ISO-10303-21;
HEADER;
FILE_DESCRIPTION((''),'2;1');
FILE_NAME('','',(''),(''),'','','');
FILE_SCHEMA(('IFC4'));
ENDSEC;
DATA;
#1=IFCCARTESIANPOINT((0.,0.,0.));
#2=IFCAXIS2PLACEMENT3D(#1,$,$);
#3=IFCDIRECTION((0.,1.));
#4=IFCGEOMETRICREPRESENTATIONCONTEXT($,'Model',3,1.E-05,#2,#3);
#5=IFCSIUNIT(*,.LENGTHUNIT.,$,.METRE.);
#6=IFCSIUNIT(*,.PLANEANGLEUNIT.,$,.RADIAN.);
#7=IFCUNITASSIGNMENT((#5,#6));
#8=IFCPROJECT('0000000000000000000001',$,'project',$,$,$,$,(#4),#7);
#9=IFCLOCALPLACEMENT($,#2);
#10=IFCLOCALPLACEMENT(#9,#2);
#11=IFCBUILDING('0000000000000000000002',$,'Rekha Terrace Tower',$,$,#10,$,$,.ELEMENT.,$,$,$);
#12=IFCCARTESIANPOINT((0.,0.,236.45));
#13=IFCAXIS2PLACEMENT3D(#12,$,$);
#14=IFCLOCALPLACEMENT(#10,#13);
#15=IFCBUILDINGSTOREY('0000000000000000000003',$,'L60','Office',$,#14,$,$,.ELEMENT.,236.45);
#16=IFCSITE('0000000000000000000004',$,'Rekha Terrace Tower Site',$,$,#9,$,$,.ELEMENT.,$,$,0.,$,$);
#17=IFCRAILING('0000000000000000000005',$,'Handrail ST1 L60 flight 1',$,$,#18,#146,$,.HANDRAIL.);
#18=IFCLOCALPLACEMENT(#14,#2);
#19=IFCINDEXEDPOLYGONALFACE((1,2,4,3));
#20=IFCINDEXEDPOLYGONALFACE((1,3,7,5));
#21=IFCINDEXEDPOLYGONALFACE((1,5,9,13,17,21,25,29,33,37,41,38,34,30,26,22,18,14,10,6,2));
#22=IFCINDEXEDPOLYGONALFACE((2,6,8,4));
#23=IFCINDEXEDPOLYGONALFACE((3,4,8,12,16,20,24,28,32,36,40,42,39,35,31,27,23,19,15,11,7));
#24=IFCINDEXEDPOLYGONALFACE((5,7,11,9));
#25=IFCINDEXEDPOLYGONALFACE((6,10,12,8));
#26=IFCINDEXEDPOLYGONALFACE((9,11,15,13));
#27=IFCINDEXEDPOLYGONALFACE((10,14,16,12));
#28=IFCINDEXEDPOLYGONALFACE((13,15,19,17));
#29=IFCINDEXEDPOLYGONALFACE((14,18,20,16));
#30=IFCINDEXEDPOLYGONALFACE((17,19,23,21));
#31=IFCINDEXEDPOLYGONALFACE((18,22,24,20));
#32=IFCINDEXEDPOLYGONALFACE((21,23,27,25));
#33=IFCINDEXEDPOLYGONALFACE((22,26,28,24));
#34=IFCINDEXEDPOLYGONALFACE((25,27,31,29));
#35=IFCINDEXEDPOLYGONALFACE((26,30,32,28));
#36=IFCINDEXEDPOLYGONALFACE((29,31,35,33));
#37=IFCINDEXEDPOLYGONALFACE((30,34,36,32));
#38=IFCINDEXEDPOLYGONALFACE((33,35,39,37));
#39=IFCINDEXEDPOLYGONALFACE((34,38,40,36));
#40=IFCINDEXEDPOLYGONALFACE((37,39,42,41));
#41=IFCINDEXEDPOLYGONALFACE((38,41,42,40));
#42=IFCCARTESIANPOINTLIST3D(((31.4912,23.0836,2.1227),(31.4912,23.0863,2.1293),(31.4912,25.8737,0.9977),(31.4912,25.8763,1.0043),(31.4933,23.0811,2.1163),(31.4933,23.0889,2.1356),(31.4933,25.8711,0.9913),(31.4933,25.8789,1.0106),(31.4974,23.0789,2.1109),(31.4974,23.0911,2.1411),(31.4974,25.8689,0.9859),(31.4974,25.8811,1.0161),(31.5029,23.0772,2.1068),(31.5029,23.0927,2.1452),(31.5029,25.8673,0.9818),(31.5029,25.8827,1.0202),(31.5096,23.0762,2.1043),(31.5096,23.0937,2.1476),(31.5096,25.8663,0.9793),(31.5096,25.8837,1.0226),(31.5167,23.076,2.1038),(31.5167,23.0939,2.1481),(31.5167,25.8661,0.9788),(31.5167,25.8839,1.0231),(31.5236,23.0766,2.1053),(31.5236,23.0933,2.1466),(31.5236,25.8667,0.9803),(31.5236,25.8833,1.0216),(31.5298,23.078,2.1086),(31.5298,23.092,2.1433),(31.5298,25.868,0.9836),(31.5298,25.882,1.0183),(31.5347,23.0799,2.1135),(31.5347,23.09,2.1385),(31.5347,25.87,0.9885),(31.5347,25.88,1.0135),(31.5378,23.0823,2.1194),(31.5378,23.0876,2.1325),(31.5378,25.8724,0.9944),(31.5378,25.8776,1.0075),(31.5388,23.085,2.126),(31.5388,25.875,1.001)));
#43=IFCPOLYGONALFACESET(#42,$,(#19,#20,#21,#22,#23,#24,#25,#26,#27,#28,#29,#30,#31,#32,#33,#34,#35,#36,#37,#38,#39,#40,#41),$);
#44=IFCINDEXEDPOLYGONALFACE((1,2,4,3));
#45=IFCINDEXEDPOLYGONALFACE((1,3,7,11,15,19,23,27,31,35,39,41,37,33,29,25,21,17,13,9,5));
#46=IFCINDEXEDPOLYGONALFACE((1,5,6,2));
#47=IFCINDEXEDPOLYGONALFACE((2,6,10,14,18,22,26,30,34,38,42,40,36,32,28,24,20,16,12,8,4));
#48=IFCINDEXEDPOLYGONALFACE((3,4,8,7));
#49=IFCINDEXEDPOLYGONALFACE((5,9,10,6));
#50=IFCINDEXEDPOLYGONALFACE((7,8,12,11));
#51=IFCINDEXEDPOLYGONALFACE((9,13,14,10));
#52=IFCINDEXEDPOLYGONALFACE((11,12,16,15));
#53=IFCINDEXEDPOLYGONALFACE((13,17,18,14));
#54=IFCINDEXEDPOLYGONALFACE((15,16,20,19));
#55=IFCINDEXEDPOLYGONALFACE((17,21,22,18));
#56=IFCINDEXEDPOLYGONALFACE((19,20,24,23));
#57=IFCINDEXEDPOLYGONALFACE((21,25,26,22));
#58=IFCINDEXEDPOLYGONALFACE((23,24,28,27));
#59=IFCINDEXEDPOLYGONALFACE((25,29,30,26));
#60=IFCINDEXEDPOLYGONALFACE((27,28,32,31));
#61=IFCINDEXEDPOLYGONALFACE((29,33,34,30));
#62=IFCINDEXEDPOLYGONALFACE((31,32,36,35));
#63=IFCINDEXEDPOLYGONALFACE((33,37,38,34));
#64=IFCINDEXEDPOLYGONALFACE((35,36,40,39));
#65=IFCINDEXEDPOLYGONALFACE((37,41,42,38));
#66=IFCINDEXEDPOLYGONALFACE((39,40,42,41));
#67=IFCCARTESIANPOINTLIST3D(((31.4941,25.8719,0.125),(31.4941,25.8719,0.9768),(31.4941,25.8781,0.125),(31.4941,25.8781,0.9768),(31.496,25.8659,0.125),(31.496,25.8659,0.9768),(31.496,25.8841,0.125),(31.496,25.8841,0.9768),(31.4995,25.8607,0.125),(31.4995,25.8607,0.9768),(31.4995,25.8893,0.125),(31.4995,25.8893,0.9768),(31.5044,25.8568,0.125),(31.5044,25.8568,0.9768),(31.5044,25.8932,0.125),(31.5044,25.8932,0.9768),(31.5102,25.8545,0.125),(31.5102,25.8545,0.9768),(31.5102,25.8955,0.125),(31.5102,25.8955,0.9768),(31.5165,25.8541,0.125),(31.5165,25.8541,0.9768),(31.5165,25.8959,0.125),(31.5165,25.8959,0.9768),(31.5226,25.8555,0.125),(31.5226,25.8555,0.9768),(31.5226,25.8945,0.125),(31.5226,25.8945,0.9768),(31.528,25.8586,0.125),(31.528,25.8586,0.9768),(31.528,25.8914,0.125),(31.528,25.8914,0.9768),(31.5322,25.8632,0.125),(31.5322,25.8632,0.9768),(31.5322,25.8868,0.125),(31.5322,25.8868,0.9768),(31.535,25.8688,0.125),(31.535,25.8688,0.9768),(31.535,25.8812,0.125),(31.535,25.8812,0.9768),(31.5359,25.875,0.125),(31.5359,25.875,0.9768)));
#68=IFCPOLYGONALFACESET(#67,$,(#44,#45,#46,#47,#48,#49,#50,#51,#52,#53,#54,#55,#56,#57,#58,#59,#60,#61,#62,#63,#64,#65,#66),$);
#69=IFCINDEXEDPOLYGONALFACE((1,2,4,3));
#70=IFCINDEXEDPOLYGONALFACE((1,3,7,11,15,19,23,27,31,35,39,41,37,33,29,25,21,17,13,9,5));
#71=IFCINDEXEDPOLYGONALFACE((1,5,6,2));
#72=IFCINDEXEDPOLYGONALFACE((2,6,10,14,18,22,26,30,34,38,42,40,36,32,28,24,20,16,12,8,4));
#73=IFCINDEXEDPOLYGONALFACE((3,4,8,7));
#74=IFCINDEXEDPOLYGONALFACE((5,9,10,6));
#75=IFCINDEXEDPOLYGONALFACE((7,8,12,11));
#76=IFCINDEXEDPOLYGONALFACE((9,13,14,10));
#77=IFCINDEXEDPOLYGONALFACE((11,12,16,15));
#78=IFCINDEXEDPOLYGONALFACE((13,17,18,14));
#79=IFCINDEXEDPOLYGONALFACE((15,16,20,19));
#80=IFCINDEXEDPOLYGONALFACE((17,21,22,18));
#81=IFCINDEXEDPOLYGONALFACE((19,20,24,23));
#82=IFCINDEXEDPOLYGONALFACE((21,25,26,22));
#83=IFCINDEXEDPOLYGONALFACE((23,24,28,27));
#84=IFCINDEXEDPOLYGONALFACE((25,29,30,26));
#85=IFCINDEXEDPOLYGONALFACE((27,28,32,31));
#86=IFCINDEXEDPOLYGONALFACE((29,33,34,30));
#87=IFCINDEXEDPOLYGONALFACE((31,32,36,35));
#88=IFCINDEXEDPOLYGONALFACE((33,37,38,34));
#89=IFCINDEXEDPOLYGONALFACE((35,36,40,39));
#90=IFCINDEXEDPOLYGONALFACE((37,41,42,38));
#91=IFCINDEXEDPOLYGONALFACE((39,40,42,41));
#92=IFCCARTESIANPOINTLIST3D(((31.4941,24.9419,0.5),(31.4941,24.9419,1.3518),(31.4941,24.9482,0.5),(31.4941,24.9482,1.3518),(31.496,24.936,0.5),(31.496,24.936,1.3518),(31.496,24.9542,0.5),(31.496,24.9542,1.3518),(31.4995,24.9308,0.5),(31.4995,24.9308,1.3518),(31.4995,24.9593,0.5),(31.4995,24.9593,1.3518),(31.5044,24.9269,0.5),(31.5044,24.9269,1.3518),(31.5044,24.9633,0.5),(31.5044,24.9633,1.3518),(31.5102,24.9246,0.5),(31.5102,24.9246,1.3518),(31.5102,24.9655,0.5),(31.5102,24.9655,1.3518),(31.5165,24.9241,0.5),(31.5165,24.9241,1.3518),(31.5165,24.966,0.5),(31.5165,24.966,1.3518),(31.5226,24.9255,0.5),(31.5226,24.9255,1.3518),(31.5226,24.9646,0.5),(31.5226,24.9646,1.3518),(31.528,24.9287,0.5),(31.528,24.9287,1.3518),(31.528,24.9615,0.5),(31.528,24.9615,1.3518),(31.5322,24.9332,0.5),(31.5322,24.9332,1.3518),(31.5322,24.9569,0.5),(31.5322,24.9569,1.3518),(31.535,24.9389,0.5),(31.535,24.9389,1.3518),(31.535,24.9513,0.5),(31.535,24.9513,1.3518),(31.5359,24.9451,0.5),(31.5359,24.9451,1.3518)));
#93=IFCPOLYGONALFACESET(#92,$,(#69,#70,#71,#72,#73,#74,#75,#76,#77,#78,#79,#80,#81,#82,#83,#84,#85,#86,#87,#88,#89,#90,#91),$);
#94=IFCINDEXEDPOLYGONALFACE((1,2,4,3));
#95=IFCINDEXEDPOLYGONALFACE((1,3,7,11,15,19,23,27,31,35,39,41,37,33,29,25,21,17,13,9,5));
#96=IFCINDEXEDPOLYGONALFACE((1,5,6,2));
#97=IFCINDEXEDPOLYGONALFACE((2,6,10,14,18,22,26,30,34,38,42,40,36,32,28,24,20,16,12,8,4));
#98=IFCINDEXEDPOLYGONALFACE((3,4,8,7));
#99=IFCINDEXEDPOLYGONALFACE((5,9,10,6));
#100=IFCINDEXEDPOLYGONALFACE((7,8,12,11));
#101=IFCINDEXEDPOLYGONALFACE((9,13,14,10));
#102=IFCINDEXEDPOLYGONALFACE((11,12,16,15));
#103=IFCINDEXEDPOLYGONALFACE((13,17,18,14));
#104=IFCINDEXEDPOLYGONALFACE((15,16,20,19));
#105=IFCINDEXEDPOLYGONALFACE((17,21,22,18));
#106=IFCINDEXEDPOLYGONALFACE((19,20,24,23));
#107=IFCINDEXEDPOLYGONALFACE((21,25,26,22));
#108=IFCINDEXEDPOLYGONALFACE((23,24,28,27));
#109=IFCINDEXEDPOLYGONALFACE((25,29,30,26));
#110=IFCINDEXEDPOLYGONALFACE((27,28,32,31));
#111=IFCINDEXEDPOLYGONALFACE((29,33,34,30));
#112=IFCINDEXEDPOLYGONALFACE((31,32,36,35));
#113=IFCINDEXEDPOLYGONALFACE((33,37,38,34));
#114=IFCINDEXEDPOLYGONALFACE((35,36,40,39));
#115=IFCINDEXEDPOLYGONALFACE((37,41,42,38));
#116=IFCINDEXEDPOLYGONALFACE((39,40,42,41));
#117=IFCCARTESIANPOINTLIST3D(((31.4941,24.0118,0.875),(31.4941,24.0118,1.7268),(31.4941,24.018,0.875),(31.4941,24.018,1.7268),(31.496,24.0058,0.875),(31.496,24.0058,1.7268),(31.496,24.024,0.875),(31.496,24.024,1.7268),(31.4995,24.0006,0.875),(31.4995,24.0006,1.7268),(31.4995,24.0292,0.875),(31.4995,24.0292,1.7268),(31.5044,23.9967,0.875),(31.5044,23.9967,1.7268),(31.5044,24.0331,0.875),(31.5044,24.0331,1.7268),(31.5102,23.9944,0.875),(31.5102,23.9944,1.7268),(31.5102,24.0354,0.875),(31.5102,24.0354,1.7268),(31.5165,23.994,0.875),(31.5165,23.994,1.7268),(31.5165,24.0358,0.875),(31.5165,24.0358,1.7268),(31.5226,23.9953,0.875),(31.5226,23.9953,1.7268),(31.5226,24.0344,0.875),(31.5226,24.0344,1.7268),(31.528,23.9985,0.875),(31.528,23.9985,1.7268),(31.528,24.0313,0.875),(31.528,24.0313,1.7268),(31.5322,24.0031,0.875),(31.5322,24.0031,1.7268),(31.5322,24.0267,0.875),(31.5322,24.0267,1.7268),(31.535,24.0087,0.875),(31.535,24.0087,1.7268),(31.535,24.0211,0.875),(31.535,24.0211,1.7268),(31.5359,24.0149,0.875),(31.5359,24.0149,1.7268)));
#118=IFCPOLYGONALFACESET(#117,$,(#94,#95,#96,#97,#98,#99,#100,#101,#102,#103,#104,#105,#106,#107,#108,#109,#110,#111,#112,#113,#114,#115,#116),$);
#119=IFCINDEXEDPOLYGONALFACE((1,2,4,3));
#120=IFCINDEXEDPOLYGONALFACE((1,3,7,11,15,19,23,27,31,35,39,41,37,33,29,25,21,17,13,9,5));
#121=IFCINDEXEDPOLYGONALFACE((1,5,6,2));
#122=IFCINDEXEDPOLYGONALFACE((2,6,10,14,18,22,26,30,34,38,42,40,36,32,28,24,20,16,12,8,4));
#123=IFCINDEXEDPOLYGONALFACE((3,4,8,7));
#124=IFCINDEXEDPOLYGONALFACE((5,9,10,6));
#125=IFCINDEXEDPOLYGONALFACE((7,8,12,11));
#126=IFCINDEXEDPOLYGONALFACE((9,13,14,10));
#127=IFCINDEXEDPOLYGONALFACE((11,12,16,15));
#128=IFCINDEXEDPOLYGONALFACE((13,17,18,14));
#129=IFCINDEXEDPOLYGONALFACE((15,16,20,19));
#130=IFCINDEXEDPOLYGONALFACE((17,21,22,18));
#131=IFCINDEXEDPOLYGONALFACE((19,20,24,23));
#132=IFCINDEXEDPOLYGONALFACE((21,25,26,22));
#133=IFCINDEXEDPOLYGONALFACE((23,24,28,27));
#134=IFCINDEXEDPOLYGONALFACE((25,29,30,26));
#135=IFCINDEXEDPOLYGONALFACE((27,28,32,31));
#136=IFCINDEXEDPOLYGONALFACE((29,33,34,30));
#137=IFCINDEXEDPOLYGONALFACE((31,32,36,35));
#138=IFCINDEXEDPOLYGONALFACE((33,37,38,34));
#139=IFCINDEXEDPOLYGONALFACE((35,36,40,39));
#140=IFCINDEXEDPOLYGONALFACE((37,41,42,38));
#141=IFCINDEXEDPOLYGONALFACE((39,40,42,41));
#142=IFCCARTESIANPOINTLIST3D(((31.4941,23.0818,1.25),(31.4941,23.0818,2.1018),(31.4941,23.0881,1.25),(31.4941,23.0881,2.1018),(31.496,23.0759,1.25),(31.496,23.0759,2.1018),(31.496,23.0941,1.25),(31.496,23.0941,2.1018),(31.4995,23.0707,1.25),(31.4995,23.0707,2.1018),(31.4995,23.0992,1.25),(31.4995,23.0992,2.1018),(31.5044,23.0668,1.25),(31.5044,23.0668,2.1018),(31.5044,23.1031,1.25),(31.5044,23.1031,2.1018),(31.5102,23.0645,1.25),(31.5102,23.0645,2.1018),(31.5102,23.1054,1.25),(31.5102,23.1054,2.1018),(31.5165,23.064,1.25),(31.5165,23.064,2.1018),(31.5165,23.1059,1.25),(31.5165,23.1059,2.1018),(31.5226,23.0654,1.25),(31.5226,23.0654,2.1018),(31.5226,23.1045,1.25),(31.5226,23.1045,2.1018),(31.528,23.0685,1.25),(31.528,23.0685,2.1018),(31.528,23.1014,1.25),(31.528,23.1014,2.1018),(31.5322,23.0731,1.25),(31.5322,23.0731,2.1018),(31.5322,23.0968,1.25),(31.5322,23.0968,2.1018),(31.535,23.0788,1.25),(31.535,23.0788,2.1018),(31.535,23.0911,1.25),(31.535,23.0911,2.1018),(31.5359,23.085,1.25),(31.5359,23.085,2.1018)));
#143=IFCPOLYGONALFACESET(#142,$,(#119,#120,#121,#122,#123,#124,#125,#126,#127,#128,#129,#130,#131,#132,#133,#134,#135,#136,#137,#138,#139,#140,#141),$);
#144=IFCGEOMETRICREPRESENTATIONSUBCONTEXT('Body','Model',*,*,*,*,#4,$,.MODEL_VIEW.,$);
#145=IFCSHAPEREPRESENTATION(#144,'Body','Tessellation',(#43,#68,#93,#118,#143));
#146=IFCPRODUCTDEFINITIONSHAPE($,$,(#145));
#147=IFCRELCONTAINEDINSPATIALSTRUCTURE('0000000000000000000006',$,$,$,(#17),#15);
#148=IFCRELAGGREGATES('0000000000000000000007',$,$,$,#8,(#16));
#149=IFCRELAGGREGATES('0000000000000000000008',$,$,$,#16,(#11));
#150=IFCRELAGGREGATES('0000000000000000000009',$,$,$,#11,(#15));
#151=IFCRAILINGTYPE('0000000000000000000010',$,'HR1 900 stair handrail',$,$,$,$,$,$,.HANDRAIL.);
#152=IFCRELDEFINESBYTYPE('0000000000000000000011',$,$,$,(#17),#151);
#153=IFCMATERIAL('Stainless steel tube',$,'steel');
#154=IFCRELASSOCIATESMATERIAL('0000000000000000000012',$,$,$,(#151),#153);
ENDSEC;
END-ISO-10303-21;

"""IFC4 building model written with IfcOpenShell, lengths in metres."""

from ifc_helpers import new_model, si_unit, direction, frame, origin, origin_2d, place, context, subcontext, project, spatial, circle, extrude, material, type_object, element, save


model = new_model("IFC4")

# Units and contexts
model_context = context("Model", 3, precision=1e-05, world=origin(), true_north=direction((0.0, 1.0)))
body_context = subcontext(model_context, "Body", "Model", "MODEL_VIEW")
ifc_project = project(units=[si_unit("LENGTHUNIT", "METRE"), si_unit("PLANEANGLEUNIT", "RADIAN")], contexts=[model_context])

# Site, building, storey
site_placement = place(None, origin())
site = spatial("IfcSite", under=ifc_project, at=site_placement, Name="Rekha Terrace Tower Site", CompositionType="ELEMENT", RefElevation=0.0)
building_placement = place(site_placement, origin())
building = spatial("IfcBuilding", under=site, at=building_placement, Name="Rekha Terrace Tower", CompositionType="ELEMENT")
storey_placement = place(building_placement, frame((0.0, 0.0, 236.45)))
storey = spatial("IfcBuildingStorey", under=building, at=storey_placement, Name="L60", Description="Office", CompositionType="ELEMENT", Elevation=236.45)

# Railing
ifc_material_1 = material(Name="Stainless steel tube", Category="steel")
railing_type = type_object("IfcRailingType", Name="HR1 900 stair handrail", PredefinedType="HANDRAIL", material=ifc_material_1)
railing_placement = place(storey_placement, frame((31.5149, 25.875, 0.125)))
element("IfcRailing", 1, at=railing_placement, inside=storey, type_object=railing_type, Name="Handrail ST1 L60 flight 1", PredefinedType="HANDRAIL", context=body_context, shape_type="SweptSolid", body=[
    extrude(circle(Radius=0.0239, at=origin_2d()), frame((0.0, 0.0, 0.876), z_axis=(0.0, -0.927443, 0.373964), x_axis=(1.0, 0.0, 0.0)), (0.0, 0.0, 1.0), 3.0083),
    extrude(circle(Radius=0.021, at=origin_2d()), origin(), (0.0, 0.0, 1.0), 0.8518),
    extrude(circle(Radius=0.021, at=origin_2d()), frame((0.0, -0.9299, 0.375)), (0.0, 0.0, 1.0), 0.8518),
    extrude(circle(Radius=0.021, at=origin_2d()), frame((0.0, -1.8601, 0.75)), (0.0, 0.0, 1.0), 0.8518),
    extrude(circle(Radius=0.021, at=origin_2d()), frame((0.0, -2.79, 1.125)), (0.0, 0.0, 1.0), 0.8518),
])

save(model, "model.ifc")
